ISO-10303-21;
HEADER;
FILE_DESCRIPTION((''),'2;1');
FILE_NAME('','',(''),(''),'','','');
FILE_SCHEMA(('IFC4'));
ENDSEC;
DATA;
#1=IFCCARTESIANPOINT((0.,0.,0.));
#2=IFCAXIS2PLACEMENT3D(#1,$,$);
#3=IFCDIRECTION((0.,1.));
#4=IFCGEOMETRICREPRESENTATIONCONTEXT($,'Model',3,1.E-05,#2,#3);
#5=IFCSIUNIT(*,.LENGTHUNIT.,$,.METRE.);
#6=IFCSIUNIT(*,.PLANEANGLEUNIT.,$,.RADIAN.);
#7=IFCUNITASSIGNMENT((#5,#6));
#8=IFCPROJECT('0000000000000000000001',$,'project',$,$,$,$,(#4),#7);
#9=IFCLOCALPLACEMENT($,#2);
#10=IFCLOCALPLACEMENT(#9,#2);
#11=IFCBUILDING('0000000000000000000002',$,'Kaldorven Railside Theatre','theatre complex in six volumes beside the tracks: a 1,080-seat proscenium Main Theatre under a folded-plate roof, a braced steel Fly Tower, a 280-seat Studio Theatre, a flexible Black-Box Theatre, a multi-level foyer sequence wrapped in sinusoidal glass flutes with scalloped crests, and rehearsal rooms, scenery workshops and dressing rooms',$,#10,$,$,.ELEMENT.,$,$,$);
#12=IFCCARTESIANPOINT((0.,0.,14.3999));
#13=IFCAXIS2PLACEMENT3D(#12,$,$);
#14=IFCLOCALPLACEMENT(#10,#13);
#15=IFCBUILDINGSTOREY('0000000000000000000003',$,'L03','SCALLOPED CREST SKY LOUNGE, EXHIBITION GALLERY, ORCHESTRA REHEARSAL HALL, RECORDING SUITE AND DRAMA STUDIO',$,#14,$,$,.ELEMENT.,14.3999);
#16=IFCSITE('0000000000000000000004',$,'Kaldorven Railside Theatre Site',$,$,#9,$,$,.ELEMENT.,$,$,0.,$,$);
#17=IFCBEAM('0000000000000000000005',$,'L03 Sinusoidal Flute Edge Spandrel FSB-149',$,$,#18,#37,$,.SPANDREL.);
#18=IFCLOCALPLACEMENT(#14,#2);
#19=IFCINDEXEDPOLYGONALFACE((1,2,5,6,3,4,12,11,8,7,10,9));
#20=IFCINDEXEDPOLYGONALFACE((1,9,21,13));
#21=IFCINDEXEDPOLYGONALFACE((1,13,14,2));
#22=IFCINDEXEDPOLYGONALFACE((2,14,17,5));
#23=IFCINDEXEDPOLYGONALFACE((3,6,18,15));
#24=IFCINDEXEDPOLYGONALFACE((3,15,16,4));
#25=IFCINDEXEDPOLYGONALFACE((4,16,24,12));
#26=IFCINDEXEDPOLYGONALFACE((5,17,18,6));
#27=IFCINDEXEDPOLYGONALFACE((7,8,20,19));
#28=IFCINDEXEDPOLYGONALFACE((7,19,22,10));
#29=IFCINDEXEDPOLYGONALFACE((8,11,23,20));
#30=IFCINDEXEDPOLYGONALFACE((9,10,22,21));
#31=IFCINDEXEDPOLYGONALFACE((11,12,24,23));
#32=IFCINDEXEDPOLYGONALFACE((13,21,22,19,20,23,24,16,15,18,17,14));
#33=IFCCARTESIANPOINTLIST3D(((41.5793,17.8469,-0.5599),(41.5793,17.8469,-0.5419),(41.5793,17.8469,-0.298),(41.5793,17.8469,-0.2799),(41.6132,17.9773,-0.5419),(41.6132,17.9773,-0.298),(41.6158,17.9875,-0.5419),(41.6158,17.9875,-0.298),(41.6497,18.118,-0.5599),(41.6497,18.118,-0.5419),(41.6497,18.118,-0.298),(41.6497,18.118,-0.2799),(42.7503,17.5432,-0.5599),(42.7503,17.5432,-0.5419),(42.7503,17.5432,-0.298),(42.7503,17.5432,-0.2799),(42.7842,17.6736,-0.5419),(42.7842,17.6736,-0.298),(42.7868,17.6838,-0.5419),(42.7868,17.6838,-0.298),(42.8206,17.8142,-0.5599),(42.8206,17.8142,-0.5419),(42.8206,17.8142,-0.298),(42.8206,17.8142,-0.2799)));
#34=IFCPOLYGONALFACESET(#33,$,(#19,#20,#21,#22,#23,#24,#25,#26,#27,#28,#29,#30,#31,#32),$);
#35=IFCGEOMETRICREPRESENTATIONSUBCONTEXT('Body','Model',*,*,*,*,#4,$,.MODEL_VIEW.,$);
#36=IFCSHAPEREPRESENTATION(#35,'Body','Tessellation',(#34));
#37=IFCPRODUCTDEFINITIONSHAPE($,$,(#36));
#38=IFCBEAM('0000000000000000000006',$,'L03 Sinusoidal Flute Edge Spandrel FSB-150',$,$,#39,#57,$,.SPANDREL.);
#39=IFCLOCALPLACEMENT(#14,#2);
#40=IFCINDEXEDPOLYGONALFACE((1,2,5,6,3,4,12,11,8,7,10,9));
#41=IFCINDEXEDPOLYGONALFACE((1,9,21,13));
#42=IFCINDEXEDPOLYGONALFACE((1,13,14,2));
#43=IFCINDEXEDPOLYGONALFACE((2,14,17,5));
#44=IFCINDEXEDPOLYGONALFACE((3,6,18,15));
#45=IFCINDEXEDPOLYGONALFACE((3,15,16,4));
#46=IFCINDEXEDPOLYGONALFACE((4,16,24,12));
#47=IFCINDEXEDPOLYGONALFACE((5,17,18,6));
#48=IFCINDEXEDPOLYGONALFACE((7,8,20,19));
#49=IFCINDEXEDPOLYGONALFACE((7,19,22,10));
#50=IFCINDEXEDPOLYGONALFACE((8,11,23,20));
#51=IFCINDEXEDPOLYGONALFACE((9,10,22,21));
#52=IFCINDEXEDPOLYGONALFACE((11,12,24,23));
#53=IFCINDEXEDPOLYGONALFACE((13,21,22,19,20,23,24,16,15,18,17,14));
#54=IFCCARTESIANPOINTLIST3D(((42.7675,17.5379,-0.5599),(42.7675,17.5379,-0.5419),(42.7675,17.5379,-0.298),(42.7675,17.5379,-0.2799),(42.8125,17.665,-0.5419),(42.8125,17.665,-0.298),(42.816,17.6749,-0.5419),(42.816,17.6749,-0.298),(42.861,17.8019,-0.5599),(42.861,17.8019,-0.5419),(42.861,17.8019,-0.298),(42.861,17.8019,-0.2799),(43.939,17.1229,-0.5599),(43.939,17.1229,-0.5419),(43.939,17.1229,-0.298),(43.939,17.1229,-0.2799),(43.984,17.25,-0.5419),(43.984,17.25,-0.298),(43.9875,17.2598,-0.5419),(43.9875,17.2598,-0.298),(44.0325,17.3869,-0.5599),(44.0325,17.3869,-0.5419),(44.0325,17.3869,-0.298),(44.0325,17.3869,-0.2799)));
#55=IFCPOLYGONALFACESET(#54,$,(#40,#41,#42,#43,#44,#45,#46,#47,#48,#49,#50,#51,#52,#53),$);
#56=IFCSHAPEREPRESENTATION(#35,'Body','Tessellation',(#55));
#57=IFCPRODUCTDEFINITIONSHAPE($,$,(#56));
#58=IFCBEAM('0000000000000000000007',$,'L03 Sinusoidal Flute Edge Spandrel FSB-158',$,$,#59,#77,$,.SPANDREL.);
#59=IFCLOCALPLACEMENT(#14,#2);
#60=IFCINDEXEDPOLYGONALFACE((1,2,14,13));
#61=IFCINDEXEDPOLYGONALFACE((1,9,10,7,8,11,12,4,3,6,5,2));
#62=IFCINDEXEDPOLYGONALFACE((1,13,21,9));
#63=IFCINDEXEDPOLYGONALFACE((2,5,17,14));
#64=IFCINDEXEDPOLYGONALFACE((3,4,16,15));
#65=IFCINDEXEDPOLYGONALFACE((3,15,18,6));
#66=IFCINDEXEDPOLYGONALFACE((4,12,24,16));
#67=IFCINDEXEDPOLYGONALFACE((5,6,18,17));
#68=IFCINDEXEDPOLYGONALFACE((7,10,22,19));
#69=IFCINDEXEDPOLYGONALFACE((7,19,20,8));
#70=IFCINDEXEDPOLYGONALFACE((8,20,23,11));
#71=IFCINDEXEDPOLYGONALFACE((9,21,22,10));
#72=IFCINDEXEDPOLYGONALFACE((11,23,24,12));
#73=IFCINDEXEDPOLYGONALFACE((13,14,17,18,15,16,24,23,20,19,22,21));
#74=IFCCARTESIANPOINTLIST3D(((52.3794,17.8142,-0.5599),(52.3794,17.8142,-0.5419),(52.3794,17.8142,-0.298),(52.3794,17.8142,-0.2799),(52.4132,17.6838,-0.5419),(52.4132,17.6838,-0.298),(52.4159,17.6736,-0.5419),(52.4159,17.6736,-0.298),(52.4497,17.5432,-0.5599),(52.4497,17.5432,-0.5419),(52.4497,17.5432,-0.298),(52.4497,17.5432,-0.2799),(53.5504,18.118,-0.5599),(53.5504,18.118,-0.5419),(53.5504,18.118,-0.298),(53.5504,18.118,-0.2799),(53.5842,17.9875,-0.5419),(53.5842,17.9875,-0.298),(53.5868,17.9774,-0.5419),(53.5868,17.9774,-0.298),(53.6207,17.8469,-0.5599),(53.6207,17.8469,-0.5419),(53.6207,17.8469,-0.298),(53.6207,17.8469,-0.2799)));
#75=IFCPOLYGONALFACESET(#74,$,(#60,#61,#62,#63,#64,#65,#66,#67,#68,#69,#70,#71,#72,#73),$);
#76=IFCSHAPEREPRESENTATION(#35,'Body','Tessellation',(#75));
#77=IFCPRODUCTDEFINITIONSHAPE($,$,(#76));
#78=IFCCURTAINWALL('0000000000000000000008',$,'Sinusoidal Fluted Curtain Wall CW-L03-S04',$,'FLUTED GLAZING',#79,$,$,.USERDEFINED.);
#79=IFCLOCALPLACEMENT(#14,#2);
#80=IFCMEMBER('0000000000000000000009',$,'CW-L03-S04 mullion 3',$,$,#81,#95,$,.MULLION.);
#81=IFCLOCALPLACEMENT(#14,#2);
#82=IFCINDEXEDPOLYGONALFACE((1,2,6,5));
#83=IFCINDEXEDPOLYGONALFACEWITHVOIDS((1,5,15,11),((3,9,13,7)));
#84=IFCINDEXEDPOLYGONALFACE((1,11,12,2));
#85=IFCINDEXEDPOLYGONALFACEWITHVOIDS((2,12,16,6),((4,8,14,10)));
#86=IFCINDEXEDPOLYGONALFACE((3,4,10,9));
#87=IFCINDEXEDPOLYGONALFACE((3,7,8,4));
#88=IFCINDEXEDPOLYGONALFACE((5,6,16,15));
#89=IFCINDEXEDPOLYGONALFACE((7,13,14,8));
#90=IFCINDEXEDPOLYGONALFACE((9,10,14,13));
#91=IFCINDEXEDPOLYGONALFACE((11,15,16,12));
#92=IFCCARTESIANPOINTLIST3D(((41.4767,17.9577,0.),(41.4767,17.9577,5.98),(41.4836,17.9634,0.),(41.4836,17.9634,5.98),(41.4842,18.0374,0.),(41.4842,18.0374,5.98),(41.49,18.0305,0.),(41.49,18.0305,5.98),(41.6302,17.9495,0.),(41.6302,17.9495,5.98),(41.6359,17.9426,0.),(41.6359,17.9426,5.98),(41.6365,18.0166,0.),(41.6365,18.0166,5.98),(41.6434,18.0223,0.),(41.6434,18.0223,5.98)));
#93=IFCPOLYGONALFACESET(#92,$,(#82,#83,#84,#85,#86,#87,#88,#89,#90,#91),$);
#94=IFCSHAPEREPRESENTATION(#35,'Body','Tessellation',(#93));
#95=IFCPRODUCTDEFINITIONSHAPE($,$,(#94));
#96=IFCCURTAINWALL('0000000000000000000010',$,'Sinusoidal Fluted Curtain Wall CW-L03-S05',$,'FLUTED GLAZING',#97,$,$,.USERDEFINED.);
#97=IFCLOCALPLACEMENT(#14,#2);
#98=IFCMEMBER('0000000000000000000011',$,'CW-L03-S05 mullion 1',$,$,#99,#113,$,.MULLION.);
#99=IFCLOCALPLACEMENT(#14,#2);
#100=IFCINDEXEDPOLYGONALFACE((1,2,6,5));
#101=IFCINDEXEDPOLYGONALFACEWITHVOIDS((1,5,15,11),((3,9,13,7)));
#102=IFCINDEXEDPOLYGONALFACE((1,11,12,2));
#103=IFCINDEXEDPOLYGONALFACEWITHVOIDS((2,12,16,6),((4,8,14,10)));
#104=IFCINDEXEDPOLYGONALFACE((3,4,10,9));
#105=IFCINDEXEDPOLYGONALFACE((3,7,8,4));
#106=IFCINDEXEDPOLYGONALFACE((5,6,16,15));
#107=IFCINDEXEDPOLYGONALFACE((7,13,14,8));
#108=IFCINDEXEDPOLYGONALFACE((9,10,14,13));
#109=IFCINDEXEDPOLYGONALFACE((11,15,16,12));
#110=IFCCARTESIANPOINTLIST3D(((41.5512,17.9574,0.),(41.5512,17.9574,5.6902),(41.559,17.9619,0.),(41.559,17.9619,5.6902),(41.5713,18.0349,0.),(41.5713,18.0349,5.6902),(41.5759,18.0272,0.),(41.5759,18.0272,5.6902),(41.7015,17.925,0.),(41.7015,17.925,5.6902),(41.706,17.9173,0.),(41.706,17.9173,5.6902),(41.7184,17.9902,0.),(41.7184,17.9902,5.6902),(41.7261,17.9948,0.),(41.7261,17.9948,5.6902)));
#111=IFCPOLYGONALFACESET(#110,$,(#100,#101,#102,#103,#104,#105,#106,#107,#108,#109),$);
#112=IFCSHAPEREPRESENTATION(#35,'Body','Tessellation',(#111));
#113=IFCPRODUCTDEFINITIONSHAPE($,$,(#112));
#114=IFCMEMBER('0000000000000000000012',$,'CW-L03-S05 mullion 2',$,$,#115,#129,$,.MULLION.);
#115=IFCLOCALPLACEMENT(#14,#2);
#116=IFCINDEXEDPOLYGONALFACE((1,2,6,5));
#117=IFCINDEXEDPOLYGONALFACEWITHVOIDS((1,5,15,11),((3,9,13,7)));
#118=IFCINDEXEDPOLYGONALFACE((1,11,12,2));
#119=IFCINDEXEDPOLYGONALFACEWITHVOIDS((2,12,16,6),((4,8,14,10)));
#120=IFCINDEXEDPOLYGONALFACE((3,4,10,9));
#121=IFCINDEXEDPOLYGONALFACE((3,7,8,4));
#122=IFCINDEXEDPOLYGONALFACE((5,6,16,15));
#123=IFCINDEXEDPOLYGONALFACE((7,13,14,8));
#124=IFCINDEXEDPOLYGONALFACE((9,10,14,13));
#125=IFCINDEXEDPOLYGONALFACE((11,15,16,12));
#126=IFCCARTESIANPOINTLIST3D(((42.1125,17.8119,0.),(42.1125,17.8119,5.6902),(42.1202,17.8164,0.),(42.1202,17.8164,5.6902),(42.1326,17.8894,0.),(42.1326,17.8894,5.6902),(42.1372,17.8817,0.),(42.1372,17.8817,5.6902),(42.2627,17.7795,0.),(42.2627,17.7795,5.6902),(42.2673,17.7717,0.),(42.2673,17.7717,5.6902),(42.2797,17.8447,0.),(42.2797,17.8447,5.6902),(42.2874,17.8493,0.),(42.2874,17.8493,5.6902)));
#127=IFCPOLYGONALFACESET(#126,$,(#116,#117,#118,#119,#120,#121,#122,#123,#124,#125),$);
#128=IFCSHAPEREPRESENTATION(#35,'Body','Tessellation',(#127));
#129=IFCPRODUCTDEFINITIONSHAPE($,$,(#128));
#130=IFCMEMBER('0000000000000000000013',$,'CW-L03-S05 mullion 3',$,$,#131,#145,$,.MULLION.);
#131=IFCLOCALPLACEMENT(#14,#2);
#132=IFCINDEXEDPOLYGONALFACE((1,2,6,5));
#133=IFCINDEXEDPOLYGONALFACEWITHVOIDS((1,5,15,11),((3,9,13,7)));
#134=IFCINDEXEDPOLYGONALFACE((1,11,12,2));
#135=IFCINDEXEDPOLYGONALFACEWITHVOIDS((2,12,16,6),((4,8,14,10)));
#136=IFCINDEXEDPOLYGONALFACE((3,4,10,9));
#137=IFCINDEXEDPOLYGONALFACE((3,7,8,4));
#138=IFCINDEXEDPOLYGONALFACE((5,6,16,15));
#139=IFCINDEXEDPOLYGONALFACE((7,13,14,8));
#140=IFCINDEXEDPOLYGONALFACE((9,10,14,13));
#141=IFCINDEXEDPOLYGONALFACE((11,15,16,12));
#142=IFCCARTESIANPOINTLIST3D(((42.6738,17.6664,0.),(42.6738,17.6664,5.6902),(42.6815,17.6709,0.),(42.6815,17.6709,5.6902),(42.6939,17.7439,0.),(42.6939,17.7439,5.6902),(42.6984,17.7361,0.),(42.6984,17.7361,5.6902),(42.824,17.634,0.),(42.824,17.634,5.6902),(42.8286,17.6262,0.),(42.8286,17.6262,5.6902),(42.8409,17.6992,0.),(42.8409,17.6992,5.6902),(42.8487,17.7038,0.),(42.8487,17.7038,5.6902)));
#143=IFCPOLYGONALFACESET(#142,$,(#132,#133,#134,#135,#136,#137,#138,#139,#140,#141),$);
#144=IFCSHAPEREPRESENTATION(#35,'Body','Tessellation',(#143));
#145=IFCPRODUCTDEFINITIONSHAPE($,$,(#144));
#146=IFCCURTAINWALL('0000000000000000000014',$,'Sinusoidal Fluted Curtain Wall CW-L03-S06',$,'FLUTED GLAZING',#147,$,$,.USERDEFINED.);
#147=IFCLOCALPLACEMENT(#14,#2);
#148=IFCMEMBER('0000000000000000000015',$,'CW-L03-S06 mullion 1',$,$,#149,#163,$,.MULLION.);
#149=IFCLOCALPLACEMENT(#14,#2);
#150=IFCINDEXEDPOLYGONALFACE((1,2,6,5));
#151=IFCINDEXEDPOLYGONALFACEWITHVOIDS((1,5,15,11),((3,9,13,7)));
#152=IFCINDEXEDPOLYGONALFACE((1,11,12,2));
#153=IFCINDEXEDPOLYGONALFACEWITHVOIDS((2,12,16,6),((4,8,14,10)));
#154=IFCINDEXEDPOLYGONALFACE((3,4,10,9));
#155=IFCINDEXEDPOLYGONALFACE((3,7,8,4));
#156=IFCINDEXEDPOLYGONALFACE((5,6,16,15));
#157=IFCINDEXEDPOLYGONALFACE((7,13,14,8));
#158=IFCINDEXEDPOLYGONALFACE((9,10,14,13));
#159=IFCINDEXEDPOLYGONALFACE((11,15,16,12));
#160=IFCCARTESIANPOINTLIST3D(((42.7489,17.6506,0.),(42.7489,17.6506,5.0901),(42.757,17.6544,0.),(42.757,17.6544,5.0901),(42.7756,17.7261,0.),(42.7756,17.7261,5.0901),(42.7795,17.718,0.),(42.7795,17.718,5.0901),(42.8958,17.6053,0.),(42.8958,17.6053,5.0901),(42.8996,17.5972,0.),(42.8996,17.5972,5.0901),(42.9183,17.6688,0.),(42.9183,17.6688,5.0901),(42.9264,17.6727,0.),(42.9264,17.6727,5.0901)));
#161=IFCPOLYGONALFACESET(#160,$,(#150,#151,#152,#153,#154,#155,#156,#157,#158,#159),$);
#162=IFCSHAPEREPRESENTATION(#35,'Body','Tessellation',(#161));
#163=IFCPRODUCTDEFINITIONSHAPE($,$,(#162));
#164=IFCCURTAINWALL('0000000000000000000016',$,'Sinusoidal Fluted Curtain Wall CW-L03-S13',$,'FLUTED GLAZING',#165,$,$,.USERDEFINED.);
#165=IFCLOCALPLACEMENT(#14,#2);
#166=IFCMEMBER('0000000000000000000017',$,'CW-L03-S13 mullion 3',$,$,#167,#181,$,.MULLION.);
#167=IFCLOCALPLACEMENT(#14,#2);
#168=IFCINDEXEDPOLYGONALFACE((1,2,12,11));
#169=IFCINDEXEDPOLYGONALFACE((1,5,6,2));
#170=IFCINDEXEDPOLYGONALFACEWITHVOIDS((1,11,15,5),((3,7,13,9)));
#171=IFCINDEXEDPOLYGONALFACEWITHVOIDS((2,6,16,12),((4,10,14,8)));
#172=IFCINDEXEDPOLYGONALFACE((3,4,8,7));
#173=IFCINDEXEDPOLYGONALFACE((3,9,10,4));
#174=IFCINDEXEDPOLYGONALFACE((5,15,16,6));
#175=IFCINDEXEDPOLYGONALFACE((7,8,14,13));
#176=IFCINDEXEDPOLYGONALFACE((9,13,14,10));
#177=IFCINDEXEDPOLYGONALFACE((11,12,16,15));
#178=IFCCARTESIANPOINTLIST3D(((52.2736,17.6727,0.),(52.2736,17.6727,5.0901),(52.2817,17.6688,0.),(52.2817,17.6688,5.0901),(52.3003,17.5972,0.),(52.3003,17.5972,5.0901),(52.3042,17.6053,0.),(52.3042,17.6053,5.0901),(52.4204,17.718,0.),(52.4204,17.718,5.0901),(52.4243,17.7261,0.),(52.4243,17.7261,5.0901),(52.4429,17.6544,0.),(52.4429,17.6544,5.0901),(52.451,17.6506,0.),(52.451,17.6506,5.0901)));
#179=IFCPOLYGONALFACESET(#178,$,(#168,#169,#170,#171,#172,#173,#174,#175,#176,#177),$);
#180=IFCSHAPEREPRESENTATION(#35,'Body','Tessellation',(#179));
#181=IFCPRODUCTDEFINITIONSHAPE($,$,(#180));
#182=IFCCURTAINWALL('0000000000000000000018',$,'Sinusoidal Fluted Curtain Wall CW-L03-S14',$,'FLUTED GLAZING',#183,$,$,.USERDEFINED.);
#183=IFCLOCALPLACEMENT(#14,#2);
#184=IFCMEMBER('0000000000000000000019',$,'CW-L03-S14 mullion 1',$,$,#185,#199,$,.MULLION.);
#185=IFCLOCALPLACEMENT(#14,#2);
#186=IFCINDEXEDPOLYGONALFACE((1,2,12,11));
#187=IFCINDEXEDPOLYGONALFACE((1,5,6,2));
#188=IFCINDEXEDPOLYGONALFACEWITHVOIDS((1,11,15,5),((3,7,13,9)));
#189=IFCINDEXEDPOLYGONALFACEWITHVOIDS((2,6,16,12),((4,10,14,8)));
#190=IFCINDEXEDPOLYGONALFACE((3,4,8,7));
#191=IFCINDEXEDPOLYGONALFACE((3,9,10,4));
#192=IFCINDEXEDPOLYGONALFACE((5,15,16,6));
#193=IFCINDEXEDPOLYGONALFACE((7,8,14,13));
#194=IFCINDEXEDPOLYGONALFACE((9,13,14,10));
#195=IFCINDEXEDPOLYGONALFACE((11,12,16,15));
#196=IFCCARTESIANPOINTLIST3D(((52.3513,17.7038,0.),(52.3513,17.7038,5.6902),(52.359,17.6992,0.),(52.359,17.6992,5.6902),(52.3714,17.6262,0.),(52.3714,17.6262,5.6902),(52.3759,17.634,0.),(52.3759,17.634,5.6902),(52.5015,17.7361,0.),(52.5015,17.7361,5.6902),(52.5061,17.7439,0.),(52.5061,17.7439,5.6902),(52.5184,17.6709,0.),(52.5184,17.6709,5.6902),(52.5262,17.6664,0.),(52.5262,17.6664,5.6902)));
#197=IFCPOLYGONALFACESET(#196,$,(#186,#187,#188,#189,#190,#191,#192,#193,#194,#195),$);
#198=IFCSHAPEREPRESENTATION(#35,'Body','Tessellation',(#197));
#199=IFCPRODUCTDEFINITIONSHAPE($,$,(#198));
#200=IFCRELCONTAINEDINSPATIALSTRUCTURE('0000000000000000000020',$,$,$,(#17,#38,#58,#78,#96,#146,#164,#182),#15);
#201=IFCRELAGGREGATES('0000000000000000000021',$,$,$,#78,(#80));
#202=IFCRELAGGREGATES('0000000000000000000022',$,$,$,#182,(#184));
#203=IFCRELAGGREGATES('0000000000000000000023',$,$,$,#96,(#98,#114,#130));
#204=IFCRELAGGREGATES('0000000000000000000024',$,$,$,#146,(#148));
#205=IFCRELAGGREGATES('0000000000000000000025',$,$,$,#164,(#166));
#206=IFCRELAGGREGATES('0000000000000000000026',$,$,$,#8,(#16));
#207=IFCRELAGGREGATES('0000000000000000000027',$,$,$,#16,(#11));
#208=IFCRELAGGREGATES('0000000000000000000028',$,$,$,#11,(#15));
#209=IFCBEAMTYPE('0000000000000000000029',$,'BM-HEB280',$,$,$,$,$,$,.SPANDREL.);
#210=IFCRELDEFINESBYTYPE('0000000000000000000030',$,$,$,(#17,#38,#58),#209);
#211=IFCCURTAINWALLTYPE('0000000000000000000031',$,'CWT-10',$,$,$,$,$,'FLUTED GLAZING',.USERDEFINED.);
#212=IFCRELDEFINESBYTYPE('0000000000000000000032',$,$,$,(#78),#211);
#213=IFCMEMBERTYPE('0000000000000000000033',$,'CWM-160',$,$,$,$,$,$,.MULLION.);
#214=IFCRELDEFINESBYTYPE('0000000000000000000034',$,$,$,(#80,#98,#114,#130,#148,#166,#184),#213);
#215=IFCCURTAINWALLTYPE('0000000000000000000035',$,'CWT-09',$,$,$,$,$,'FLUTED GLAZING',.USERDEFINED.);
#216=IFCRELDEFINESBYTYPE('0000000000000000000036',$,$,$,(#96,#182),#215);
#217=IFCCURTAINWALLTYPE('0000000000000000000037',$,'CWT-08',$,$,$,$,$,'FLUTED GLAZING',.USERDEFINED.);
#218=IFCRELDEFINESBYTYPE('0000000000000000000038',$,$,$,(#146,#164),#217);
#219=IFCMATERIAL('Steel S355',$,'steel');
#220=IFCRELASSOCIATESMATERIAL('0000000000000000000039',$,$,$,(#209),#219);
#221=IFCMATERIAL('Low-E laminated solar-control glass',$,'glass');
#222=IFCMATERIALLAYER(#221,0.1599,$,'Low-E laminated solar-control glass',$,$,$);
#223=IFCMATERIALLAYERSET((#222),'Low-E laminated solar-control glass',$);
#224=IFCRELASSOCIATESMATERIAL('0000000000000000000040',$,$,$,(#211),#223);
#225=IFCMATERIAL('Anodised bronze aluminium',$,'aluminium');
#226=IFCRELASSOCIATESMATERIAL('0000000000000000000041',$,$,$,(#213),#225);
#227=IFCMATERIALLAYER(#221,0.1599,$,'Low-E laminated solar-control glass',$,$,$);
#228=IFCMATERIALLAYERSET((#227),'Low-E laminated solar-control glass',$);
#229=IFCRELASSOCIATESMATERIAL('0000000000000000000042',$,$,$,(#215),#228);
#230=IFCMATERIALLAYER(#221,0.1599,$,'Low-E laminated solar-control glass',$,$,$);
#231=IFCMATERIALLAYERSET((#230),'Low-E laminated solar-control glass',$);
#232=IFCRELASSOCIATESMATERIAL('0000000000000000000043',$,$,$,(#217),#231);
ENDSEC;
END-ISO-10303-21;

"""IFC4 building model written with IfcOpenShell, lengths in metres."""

from ifc_helpers import new_model, si_unit, direction, frame, origin, origin_2d, place, context, subcontext, project, spatial, hollow_rectangle, i_section, extrude, material, layer, layer_set, material_profile, profile_set, type_object, element, aggregate, save


model = new_model("IFC4")

# Units and contexts
model_context = context("Model", 3, precision=1e-05, world=origin(), true_north=direction((0.0, 1.0)))
body_context = subcontext(model_context, "Body", "Model", "MODEL_VIEW")
ifc_project = project(units=[si_unit("LENGTHUNIT", "METRE"), si_unit("PLANEANGLEUNIT", "RADIAN")], contexts=[model_context])

# Site, building, storey
site_placement = place(None, origin())
site = spatial("IfcSite", under=ifc_project, at=site_placement, Name="Kaldorven Railside Theatre Site", CompositionType="ELEMENT", RefElevation=0.0)
building_placement = place(site_placement, origin())
building = spatial("IfcBuilding", under=site, at=building_placement, Name="Kaldorven Railside Theatre", Description="theatre complex in six volumes beside the tracks: a 1,080-seat proscenium Main Theatre under a folded-plate roof, a braced steel Fly Tower, a 280-seat Studio Theatre, a flexible Black-Box Theatre, a multi-level foyer sequence wrapped in sinusoidal glass flutes with scalloped crests, and rehearsal rooms, scenery workshops and dressing rooms", CompositionType="ELEMENT")
storey_placement = place(building_placement, frame((0.0, 0.0, 14.3999)))
storey = spatial("IfcBuildingStorey", under=building, at=storey_placement, Name="L03", Description="SCALLOPED CREST SKY LOUNGE, EXHIBITION GALLERY, ORCHESTRA REHEARSAL HALL, RECORDING SUITE AND DRAMA STUDIO", CompositionType="ELEMENT", Elevation=14.3999)

# Beams
ifc_material_1 = material(Name="Steel S355", Category="steel")
ifc_material_profile_1 = material_profile(ifc_material_1, i_section(OverallWidth=0.28, OverallDepth=0.28, WebThickness=0.0105, FlangeThickness=0.0181, at=origin_2d()), Name="HEB 280")
ifc_profile_set_1 = profile_set([ifc_material_profile_1], Name="Steel S355")
beam_type = type_object("IfcBeamType", Name="BM-HEB280", PredefinedType="SPANDREL", material=ifc_profile_set_1)
beam_1_placement = place(storey_placement, frame((41.6145, 17.9824, -0.4199), z_axis=(0.967968, -0.251074, 0.0), x_axis=(0.251074, 0.967968, 0.0)))
element("IfcBeam", 1, at=beam_1_placement, inside=storey, type_object=beam_type, Name="L03 Sinusoidal Flute Edge Spandrel FSB-149", PredefinedType="SPANDREL", context=body_context, shape_type="SweptSolid", body=[
    extrude(i_section(OverallWidth=0.28, OverallDepth=0.28, WebThickness=0.0105, FlangeThickness=0.0181, at=origin_2d()), origin(), (0.0, 0.0, 1.0), 1.2097),
])
beam_2_placement = place(storey_placement, frame((42.8142, 17.6699, -0.4199), z_axis=(0.942605, -0.333909, 0.0), x_axis=(0.333909, 0.942605, 0.0)))
element("IfcBeam", 2, at=beam_2_placement, inside=storey, type_object=beam_type, Name="L03 Sinusoidal Flute Edge Spandrel FSB-150", PredefinedType="SPANDREL", context=body_context, shape_type="SweptSolid", body=[
    extrude(i_section(OverallWidth=0.28, OverallDepth=0.28, WebThickness=0.0105, FlangeThickness=0.0181, at=origin_2d()), origin(), (0.0, 0.0, 1.0), 1.2429),
])
beam_3_placement = place(storey_placement, frame((52.4146, 17.6787, -0.4199), z_axis=(0.967968, 0.251074, 0.0), x_axis=(-0.251074, 0.967968, 0.0)))
element("IfcBeam", 3, at=beam_3_placement, inside=storey, type_object=beam_type, Name="L03 Sinusoidal Flute Edge Spandrel FSB-158", PredefinedType="SPANDREL", context=body_context, shape_type="SweptSolid", body=[
    extrude(i_section(OverallWidth=0.28, OverallDepth=0.28, WebThickness=0.0105, FlangeThickness=0.0181, at=origin_2d()), origin(), (0.0, 0.0, 1.0), 1.2097),
])

# Curtain wall, member
ifc_material_2 = material(Name="Low-E laminated solar-control glass", Category="glass")
ifc_layer_1 = layer(ifc_material_2, 0.1599, Name="Low-E laminated solar-control glass")
ifc_layer_set_1 = layer_set([ifc_layer_1], Name="Low-E laminated solar-control glass")
curtain_wall_type_1 = type_object("IfcCurtainWallType", Name="CWT-10", ElementType="FLUTED GLAZING", PredefinedType="USERDEFINED", material=ifc_layer_set_1)
curtain_wall_1_placement = place(storey_placement, origin())
curtain_wall_1 = element("IfcCurtainWall", 4, at=curtain_wall_1_placement, inside=storey, type_object=curtain_wall_type_1, Name="Sinusoidal Fluted Curtain Wall CW-L03-S04", ObjectType="FLUTED GLAZING", PredefinedType="USERDEFINED")
ifc_material_3 = material(Name="Anodised bronze aluminium", Category="aluminium")
ifc_material_profile_2 = material_profile(ifc_material_3, hollow_rectangle(XDim=0.0801, YDim=0.1599, WallThickness=0.0063, at=origin_2d()), Name="RHS 160x80x6.3")
ifc_profile_set_2 = profile_set([ifc_material_profile_2], Name="Anodised bronze aluminium")
member_type_1 = type_object("IfcMemberType", Name="CWM-160", PredefinedType="MULLION", material=ifc_profile_set_2)
member_1_placement = place(storey_placement, frame((41.5601, 17.99, 0.0), z_axis=(0.0, 0.0, 1.0), x_axis=(0.094492, 0.995526, 0.0)))
member_1 = element("IfcMember", 5, at=member_1_placement, type_object=member_type_1, Name="CW-L03-S04 mullion 3", PredefinedType="MULLION", context=body_context, shape_type="SweptSolid", body=[
    extrude(hollow_rectangle(XDim=0.0801, YDim=0.1599, WallThickness=0.0063, at=origin_2d()), origin(), (0.0, 0.0, 1.0), 5.98),
])
aggregate(curtain_wall_1, [member_1])

# Curtain wall, members
ifc_layer_2 = layer(ifc_material_2, 0.1599, Name="Low-E laminated solar-control glass")
ifc_layer_set_2 = layer_set([ifc_layer_2], Name="Low-E laminated solar-control glass")
curtain_wall_type_2 = type_object("IfcCurtainWallType", Name="CWT-09", ElementType="FLUTED GLAZING", PredefinedType="USERDEFINED", material=ifc_layer_set_2)
curtain_wall_2_placement = place(storey_placement, origin())
curtain_wall_2 = element("IfcCurtainWall", 6, at=curtain_wall_2_placement, inside=storey, type_object=curtain_wall_type_2, Name="Sinusoidal Fluted Curtain Wall CW-L03-S05", ObjectType="FLUTED GLAZING", PredefinedType="USERDEFINED")
member_2_placement = place(storey_placement, frame((41.6387, 17.9761, 0.0), z_axis=(0.0, 0.0, 1.0), x_axis=(0.250954, 0.967999, 0.0)))
member_2 = element("IfcMember", 7, at=member_2_placement, type_object=member_type_1, Name="CW-L03-S05 mullion 1", PredefinedType="MULLION", context=body_context, shape_type="SweptSolid", body=[
    extrude(hollow_rectangle(XDim=0.0801, YDim=0.1599, WallThickness=0.0063, at=origin_2d()), origin(), (0.0, 0.0, 1.0), 5.6902),
])
member_3_placement = place(storey_placement, frame((42.2, 17.8306, 0.0), z_axis=(0.0, 0.0, 1.0), x_axis=(0.250954, 0.967999, 0.0)))
member_3 = element("IfcMember", 8, at=member_3_placement, type_object=member_type_1, Name="CW-L03-S05 mullion 2", PredefinedType="MULLION", context=body_context, shape_type="SweptSolid", body=[
    extrude(hollow_rectangle(XDim=0.0801, YDim=0.1599, WallThickness=0.0063, at=origin_2d()), origin(), (0.0, 0.0, 1.0), 5.6902),
])
member_4_placement = place(storey_placement, frame((42.7612, 17.6851, 0.0), z_axis=(0.0, 0.0, 1.0), x_axis=(0.250954, 0.967999, 0.0)))
member_4 = element("IfcMember", 9, at=member_4_placement, type_object=member_type_1, Name="CW-L03-S05 mullion 3", PredefinedType="MULLION", context=body_context, shape_type="SweptSolid", body=[
    extrude(hollow_rectangle(XDim=0.0801, YDim=0.1599, WallThickness=0.0063, at=origin_2d()), origin(), (0.0, 0.0, 1.0), 5.6902),
])

# Curtain walls, members
ifc_layer_3 = layer(ifc_material_2, 0.1599, Name="Low-E laminated solar-control glass")
ifc_layer_set_3 = layer_set([ifc_layer_3], Name="Low-E laminated solar-control glass")
curtain_wall_type_3 = type_object("IfcCurtainWallType", Name="CWT-08", ElementType="FLUTED GLAZING", PredefinedType="USERDEFINED", material=ifc_layer_set_3)
curtain_wall_3_placement = place(storey_placement, origin())
curtain_wall_3 = element("IfcCurtainWall", 10, at=curtain_wall_3_placement, inside=storey, type_object=curtain_wall_type_3, Name="Sinusoidal Fluted Curtain Wall CW-L03-S06", ObjectType="FLUTED GLAZING", PredefinedType="USERDEFINED")
member_5_placement = place(storey_placement, frame((42.8376, 17.6616, 0.0), z_axis=(0.0, 0.0, 1.0), x_axis=(0.333847, 0.942627, 0.0)))
member_5 = element("IfcMember", 11, at=member_5_placement, type_object=member_type_1, Name="CW-L03-S06 mullion 1", PredefinedType="MULLION", context=body_context, shape_type="SweptSolid", body=[
    extrude(hollow_rectangle(XDim=0.0801, YDim=0.1599, WallThickness=0.0063, at=origin_2d()), origin(), (0.0, 0.0, 1.0), 5.0901),
])
curtain_wall_4_placement = place(storey_placement, origin())
curtain_wall_4 = element("IfcCurtainWall", 12, at=curtain_wall_4_placement, inside=storey, type_object=curtain_wall_type_3, Name="Sinusoidal Fluted Curtain Wall CW-L03-S13", ObjectType="FLUTED GLAZING", PredefinedType="USERDEFINED")
member_6_placement = place(storey_placement, frame((52.3623, 17.6616, 0.0), z_axis=(0.0, 0.0, 1.0), x_axis=(-0.333847, 0.942627, 0.0)))
member_6 = element("IfcMember", 13, at=member_6_placement, type_object=member_type_1, Name="CW-L03-S13 mullion 3", PredefinedType="MULLION", context=body_context, shape_type="SweptSolid", body=[
    extrude(hollow_rectangle(XDim=0.0801, YDim=0.1599, WallThickness=0.0063, at=origin_2d()), origin(), (0.0, 0.0, 1.0), 5.0901),
])
curtain_wall_5_placement = place(storey_placement, origin())
curtain_wall_5 = element("IfcCurtainWall", 14, at=curtain_wall_5_placement, inside=storey, type_object=curtain_wall_type_2, Name="Sinusoidal Fluted Curtain Wall CW-L03-S14", ObjectType="FLUTED GLAZING", PredefinedType="USERDEFINED")
member_7_placement = place(storey_placement, frame((52.4387, 17.6851, 0.0), z_axis=(0.0, 0.0, 1.0), x_axis=(-0.250954, 0.967999, 0.0)))
member_7 = element("IfcMember", 15, at=member_7_placement, type_object=member_type_1, Name="CW-L03-S14 mullion 1", PredefinedType="MULLION", context=body_context, shape_type="SweptSolid", body=[
    extrude(hollow_rectangle(XDim=0.0801, YDim=0.1599, WallThickness=0.0063, at=origin_2d()), origin(), (0.0, 0.0, 1.0), 5.6902),
])

aggregate(curtain_wall_5, [member_7])

aggregate(curtain_wall_2, [member_2, member_3, member_4])
aggregate(curtain_wall_3, [member_5])
aggregate(curtain_wall_4, [member_6])

save(model, "model.ifc")
